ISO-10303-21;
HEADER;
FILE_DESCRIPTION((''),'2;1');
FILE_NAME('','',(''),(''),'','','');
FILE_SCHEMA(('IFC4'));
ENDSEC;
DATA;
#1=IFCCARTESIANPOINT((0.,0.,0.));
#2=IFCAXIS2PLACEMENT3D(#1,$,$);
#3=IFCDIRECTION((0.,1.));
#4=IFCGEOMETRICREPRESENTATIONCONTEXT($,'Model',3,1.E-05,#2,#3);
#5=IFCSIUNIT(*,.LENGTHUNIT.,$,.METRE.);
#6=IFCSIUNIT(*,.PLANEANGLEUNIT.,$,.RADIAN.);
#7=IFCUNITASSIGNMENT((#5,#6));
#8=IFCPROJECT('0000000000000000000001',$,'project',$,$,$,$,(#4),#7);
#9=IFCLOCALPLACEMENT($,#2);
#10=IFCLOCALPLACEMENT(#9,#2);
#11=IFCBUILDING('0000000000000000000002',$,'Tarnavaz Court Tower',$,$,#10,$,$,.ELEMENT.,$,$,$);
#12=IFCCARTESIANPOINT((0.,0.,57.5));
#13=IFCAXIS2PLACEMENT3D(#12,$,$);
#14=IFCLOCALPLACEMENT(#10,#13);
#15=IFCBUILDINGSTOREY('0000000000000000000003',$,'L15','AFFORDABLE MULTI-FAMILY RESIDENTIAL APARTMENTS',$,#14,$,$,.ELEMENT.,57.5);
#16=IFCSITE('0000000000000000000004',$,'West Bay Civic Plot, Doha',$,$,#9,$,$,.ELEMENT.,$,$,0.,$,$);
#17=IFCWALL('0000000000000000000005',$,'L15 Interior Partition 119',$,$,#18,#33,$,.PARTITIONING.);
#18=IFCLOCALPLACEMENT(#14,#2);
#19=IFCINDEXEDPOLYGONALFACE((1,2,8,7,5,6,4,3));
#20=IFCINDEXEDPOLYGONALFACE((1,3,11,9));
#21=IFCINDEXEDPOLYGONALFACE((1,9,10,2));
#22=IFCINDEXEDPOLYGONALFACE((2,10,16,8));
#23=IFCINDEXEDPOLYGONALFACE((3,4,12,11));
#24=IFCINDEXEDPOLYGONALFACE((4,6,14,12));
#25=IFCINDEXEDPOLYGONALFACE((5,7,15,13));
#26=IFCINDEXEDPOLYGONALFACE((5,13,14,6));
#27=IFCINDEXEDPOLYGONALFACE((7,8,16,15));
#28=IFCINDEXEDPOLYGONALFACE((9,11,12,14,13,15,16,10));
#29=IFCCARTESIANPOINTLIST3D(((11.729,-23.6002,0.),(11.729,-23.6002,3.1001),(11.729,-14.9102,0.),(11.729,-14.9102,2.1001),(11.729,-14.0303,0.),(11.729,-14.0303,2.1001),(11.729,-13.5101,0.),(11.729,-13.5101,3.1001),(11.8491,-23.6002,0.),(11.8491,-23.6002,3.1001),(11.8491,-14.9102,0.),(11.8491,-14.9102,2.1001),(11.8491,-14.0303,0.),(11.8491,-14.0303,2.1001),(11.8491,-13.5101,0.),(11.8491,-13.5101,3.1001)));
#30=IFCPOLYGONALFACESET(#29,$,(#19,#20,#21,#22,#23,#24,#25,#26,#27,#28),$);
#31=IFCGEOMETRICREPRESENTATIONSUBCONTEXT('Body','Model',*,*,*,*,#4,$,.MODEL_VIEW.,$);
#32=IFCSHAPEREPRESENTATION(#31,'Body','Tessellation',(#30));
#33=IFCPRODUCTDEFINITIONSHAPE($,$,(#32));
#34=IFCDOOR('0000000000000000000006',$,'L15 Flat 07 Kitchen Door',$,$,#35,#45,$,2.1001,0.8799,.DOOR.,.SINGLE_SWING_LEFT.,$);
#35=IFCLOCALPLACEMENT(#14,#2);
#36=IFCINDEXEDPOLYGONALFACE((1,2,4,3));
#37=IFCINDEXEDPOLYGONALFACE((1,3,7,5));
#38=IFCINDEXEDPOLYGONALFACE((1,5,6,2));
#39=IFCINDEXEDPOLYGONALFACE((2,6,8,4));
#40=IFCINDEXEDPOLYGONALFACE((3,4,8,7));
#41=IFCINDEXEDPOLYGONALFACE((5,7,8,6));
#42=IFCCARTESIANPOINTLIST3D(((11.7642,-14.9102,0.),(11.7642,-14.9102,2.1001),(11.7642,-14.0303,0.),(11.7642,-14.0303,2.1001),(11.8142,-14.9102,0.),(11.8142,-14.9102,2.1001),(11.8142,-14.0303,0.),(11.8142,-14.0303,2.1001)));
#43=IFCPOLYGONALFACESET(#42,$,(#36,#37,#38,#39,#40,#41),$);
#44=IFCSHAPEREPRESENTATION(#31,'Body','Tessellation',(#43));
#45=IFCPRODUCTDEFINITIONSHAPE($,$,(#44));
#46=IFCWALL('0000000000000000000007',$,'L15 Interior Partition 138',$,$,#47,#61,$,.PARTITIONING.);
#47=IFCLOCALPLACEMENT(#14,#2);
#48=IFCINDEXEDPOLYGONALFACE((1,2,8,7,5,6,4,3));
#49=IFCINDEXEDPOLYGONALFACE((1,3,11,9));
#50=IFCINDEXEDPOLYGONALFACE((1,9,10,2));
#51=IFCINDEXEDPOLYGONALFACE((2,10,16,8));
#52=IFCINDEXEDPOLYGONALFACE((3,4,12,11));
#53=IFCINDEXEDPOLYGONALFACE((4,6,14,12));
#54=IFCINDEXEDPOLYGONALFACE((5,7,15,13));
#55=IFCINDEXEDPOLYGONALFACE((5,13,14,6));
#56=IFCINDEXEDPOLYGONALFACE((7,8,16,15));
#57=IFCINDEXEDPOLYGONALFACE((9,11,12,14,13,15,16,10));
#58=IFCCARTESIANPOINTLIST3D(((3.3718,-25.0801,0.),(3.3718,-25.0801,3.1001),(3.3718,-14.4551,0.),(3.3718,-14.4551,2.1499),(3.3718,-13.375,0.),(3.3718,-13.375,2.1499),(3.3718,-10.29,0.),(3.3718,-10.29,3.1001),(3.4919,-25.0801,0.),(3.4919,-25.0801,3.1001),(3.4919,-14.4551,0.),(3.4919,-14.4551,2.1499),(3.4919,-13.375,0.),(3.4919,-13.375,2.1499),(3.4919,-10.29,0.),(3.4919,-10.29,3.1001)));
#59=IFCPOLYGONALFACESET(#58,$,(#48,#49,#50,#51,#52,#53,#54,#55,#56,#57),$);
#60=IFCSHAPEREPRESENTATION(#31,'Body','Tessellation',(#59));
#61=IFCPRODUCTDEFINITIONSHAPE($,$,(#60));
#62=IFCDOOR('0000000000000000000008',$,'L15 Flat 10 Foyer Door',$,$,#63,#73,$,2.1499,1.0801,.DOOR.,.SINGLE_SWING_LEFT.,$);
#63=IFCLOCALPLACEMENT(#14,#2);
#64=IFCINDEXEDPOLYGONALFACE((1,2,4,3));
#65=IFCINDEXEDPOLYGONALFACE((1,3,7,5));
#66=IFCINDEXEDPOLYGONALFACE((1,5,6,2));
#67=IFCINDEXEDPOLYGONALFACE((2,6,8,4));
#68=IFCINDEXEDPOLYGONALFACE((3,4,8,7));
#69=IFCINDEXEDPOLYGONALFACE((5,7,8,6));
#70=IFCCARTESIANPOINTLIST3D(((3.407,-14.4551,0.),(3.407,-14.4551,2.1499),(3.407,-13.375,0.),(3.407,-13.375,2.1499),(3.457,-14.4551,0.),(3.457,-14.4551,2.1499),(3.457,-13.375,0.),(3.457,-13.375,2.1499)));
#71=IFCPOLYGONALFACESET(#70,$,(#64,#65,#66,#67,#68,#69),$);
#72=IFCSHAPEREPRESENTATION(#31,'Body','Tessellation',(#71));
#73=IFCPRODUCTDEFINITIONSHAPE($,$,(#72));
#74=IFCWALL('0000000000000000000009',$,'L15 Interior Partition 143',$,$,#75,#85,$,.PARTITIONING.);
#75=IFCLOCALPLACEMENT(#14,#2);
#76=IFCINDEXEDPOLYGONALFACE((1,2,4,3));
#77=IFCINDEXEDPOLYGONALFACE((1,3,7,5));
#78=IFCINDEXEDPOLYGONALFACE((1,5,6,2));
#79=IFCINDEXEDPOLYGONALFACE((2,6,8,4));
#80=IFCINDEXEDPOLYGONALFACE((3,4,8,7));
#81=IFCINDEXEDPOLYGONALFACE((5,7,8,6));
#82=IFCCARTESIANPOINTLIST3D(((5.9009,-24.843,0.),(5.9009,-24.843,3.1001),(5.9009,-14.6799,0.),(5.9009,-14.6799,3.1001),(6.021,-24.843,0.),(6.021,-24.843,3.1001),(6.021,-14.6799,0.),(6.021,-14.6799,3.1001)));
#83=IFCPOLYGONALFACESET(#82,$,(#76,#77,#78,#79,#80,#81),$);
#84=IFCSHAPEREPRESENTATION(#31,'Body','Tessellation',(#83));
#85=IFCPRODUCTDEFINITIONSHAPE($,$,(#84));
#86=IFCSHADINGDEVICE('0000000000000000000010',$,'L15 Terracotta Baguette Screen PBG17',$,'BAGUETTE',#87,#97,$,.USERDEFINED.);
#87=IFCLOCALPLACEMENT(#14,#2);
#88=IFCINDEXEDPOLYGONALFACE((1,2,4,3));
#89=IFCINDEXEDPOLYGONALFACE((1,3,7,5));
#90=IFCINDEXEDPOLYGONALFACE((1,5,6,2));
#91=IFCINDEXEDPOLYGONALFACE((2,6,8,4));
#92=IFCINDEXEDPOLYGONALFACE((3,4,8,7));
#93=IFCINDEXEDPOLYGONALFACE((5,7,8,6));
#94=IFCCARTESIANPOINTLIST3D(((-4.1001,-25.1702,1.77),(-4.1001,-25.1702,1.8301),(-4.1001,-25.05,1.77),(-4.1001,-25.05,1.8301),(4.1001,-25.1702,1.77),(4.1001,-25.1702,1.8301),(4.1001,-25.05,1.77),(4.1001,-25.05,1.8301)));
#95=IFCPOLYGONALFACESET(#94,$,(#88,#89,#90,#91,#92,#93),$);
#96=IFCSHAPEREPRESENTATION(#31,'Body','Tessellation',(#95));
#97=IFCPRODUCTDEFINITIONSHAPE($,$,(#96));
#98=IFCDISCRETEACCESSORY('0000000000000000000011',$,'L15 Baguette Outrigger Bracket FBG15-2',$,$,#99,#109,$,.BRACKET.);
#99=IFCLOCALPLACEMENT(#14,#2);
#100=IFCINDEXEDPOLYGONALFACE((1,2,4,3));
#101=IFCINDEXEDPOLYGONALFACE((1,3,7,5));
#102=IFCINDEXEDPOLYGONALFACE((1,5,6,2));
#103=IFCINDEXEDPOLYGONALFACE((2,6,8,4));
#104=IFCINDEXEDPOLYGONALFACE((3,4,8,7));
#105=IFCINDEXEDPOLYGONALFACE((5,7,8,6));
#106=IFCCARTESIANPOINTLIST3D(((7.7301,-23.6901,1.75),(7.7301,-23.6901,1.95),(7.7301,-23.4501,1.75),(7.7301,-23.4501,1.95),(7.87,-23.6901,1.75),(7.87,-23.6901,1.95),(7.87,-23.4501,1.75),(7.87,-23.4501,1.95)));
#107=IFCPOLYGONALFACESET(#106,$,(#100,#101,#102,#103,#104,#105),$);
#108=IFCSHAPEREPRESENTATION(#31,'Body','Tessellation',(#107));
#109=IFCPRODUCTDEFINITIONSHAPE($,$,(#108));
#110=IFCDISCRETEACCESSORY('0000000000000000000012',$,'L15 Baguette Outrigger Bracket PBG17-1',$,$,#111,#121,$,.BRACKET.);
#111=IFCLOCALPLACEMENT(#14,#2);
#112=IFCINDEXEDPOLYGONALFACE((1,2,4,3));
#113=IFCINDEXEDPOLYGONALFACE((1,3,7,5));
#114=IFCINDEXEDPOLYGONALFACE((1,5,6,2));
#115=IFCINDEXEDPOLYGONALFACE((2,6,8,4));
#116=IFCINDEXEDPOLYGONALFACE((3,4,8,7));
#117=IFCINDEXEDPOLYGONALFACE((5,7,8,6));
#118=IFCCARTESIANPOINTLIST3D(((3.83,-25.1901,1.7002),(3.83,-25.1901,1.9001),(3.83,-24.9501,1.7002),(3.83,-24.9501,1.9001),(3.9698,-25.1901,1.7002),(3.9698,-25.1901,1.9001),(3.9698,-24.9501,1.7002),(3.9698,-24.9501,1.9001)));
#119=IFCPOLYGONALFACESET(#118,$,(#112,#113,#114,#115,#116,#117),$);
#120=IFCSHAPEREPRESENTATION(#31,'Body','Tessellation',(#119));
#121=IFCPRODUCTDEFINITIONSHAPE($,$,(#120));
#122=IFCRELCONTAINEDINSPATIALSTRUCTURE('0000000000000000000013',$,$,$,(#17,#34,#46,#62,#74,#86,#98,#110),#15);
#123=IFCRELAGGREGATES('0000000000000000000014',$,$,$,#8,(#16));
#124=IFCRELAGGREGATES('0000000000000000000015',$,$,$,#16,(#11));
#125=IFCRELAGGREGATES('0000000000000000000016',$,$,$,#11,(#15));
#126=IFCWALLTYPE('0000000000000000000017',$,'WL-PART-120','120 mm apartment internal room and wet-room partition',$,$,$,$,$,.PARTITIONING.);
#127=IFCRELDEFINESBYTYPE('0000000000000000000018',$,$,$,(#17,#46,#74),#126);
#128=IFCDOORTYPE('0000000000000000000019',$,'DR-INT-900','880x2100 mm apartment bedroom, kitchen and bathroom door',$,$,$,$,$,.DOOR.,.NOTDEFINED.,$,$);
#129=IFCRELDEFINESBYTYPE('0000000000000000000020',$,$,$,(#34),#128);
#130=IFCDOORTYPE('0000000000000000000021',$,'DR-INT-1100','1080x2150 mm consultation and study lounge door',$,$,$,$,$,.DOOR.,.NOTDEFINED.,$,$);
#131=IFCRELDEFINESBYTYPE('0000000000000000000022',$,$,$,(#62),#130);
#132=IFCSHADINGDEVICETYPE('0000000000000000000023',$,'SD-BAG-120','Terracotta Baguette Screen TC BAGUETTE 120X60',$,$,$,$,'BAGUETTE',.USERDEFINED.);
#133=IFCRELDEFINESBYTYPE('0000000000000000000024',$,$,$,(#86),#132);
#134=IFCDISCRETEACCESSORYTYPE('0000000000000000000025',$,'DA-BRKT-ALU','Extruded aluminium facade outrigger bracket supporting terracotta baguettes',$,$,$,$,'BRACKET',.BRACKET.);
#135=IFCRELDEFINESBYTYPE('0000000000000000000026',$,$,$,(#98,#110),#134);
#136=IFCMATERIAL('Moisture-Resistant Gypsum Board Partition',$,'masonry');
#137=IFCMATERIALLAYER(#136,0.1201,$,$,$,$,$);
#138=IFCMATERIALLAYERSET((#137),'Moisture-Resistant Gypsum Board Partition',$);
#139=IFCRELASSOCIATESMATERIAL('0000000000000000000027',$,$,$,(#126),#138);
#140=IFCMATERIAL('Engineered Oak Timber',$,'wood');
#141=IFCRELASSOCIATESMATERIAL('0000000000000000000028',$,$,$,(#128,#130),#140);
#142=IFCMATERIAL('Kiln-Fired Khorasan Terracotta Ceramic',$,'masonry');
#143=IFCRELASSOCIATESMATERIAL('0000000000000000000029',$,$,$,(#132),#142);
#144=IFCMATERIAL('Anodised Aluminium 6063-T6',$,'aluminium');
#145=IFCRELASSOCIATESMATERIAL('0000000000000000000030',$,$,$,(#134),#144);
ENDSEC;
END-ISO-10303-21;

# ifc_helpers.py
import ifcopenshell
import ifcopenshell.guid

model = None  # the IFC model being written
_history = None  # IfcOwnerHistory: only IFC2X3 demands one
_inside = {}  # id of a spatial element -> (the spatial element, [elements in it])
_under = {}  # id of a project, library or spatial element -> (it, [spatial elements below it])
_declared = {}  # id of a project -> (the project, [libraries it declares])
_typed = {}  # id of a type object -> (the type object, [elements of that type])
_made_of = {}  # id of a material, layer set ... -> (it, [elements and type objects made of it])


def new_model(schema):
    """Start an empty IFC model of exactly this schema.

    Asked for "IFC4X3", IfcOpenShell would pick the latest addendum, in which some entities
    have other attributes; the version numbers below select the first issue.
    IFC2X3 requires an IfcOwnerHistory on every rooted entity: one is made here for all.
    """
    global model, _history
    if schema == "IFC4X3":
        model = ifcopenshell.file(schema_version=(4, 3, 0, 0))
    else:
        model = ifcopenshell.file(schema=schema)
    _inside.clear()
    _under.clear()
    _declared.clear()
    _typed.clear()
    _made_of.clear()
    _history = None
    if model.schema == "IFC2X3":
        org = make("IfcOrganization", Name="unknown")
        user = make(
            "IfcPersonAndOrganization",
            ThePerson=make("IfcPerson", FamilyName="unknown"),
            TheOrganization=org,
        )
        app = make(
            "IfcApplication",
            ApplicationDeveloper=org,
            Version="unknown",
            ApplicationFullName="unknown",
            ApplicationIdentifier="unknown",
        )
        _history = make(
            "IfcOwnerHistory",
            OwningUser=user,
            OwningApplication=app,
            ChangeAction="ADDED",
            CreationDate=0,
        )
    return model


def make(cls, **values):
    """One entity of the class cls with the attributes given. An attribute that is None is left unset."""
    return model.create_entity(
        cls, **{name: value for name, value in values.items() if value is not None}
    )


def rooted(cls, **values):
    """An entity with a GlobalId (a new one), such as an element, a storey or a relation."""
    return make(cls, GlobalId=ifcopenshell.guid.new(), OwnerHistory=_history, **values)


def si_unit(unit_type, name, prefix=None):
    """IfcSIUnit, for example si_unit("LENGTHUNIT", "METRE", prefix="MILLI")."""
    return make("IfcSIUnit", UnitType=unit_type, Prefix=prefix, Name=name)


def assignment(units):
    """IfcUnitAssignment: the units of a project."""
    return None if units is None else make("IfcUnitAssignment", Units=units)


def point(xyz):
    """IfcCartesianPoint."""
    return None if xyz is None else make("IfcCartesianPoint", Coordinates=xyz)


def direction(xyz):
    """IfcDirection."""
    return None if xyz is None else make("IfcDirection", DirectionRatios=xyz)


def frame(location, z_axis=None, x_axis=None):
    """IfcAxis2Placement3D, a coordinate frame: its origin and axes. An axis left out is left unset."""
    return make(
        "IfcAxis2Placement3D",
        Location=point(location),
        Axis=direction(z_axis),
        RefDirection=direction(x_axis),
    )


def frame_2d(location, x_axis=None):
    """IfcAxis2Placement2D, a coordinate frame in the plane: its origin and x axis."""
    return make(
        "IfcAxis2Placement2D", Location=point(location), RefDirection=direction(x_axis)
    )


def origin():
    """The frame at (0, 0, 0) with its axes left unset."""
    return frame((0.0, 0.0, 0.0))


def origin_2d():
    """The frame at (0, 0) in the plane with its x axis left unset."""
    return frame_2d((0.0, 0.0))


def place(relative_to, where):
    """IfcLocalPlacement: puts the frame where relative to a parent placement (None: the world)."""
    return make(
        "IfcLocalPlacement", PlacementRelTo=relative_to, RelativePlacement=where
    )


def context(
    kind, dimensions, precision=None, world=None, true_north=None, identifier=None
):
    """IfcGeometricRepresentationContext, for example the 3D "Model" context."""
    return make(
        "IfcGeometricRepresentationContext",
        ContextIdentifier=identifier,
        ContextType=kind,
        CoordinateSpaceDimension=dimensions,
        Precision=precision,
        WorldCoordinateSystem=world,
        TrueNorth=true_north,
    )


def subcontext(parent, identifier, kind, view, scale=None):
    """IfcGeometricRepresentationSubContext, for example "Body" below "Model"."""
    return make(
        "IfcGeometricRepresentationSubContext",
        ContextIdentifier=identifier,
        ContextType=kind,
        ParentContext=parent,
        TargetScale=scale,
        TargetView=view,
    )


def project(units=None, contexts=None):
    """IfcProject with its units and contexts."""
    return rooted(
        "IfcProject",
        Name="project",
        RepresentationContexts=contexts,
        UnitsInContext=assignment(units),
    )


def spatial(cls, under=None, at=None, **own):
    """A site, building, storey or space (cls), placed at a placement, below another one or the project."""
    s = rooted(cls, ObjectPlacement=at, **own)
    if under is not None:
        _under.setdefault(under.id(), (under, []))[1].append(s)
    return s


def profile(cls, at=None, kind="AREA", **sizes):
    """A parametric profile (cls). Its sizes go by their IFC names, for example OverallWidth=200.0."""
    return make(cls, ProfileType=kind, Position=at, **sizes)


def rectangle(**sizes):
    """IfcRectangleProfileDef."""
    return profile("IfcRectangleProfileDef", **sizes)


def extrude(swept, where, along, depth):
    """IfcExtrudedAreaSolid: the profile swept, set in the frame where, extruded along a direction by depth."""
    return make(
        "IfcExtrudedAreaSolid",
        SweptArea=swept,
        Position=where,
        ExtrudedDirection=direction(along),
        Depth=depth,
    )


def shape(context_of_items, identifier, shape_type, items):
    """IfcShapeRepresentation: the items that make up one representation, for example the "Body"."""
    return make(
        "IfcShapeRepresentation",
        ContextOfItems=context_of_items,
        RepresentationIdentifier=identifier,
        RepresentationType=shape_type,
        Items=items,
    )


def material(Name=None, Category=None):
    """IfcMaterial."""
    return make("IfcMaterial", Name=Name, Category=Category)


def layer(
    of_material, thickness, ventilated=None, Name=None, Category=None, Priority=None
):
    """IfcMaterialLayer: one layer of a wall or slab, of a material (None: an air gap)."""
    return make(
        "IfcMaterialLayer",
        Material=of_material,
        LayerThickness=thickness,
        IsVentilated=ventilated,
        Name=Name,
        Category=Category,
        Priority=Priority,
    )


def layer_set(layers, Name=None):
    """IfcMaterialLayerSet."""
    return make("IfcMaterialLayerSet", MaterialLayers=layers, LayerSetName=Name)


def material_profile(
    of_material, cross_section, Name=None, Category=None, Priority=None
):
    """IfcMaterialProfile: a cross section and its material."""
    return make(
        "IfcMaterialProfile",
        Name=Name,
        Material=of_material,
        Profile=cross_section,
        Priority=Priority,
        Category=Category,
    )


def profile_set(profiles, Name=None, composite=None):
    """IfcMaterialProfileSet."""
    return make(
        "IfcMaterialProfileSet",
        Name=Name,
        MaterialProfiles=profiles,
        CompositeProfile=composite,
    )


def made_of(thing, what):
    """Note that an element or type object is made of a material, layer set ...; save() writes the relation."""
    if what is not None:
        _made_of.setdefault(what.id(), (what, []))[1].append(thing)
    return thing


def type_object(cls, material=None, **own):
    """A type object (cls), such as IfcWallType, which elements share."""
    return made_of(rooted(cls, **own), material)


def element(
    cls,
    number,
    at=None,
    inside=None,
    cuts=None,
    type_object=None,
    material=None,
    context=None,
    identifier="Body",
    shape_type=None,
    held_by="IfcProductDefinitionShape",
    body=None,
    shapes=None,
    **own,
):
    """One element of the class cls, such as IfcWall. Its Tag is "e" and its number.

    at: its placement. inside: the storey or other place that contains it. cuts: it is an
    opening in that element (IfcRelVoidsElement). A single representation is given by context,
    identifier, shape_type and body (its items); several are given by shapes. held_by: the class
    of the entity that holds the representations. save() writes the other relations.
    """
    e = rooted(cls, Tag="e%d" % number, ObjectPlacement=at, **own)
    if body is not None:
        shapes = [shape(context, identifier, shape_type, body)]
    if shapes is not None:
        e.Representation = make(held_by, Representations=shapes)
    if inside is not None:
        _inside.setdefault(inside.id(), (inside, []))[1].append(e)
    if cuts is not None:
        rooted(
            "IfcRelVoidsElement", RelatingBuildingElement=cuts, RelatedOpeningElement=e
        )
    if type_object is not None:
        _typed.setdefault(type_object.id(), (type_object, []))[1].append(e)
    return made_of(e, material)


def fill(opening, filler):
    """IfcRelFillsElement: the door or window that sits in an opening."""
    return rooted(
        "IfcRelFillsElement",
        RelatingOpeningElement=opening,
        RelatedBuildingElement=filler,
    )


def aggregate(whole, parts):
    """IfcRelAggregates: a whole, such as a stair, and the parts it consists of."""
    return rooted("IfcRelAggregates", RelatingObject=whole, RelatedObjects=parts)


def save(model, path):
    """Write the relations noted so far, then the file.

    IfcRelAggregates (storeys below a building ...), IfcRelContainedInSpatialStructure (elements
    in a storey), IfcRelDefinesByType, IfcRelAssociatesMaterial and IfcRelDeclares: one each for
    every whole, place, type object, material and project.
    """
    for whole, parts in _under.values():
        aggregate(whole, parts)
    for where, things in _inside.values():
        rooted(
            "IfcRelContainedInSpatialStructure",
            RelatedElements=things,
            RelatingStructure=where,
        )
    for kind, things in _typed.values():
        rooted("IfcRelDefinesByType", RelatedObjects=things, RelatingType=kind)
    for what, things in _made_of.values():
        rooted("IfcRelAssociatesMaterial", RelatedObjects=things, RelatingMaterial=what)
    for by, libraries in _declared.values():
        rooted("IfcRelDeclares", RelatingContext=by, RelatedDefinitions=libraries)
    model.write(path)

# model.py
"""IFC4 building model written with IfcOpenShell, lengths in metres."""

from ifc_helpers import new_model, si_unit, direction, frame, frame_2d, origin, origin_2d, place, context, subcontext, project, spatial, rectangle, extrude, material, layer, layer_set, material_profile, profile_set, type_object, element, fill, save


model = new_model("IFC4")

# Units and contexts
model_context = context("Model", 3, precision=1e-05, world=origin(), true_north=direction((0.0, 1.0)))
body_context = subcontext(model_context, "Body", "Model", "MODEL_VIEW")
ifc_project = project(units=[si_unit("LENGTHUNIT", "METRE"), si_unit("PLANEANGLEUNIT", "RADIAN")], contexts=[model_context])

# Site, building, storey
site_placement = place(None, origin())
site = spatial("IfcSite", under=ifc_project, at=site_placement, Name="West Bay Civic Plot, Doha", CompositionType="ELEMENT", RefElevation=0.0)
building_placement = place(site_placement, origin())
building = spatial("IfcBuilding", under=site, at=building_placement, Name="Tarnavaz Court Tower", CompositionType="ELEMENT")
storey_placement = place(building_placement, frame((0.0, 0.0, 57.5)))
storey = spatial("IfcBuildingStorey", under=building, at=storey_placement, Name="L15", Description="AFFORDABLE MULTI-FAMILY RESIDENTIAL APARTMENTS", CompositionType="ELEMENT", Elevation=57.5)

# Shared definitions
ifc_material_1 = material(Name="Anodised Aluminium 6063-T6", Category="aluminium")

# Walls, openings, doors
ifc_material_2 = material(Name="Moisture-Resistant Gypsum Board Partition", Category="masonry")
ifc_layer_1 = layer(ifc_material_2, 0.1201)
ifc_layer_set_1 = layer_set([ifc_layer_1], Name="Moisture-Resistant Gypsum Board Partition")
wall_type_1 = type_object("IfcWallType", Name="WL-PART-120", Description="120 mm apartment internal room and wet-room partition", PredefinedType="PARTITIONING", material=ifc_layer_set_1)
wall_1_placement = place(storey_placement, frame((11.7891, -23.6001, 0.0), z_axis=(0.0, 0.0, 1.0), x_axis=(0.0, 1.0, 0.0)))
wall_1 = element("IfcWall", 1, at=wall_1_placement, inside=storey, type_object=wall_type_1, Name="L15 Interior Partition 119", PredefinedType="PARTITIONING", context=body_context, shape_type="SweptSolid", body=[
    extrude(rectangle(XDim=10.0901, YDim=0.1201, at=frame_2d((5.0449, 0.0))), origin(), (0.0, 0.0, 1.0), 3.1001),
])
opening_1_placement = place(wall_1_placement, frame((8.6899, 0.0, 0.0)))
opening_1 = element("IfcOpeningElement", 2, at=opening_1_placement, cuts=wall_1, PredefinedType="OPENING", context=body_context, shape_type="SweptSolid", body=[
    extrude(rectangle(XDim=0.8799, YDim=2.1001, at=frame_2d((0.4399, 1.05))), frame((0.0, 0.0701, 0.0), z_axis=(0.0, -1.0, 0.0), x_axis=(1.0, 0.0, 0.0)), (0.0, 0.0, 1.0), 0.1401),
])
ifc_material_3 = material(Name="Engineered Oak Timber", Category="wood")
door_type_1 = type_object("IfcDoorType", Name="DR-INT-900", Description="880x2100 mm apartment bedroom, kitchen and bathroom door", OperationType="NOTDEFINED", PredefinedType="DOOR", material=ifc_material_3)
door_1_placement = place(opening_1_placement, origin())
door_1 = element("IfcDoor", 3, at=door_1_placement, inside=storey, type_object=door_type_1, Name="L15 Flat 07 Kitchen Door", OperationType="SINGLE_SWING_LEFT", OverallHeight=2.1001, OverallWidth=0.8799, PredefinedType="DOOR", context=body_context, shape_type="SweptSolid", body=[
    extrude(rectangle(XDim=0.8799, YDim=2.1001, at=frame_2d((0.4399, 1.05))), frame((0.0, 0.0249, 0.0), z_axis=(0.0, -1.0, 0.0), x_axis=(1.0, 0.0, 0.0)), (0.0, 0.0, 1.0), 0.05),
])
fill(opening_1, door_1)
wall_2_placement = place(storey_placement, frame((3.4319, -25.0801, 0.0), z_axis=(0.0, 0.0, 1.0), x_axis=(0.0, 1.0, 0.0)))
wall_2 = element("IfcWall", 4, at=wall_2_placement, inside=storey, type_object=wall_type_1, Name="L15 Interior Partition 138", PredefinedType="PARTITIONING", context=body_context, shape_type="SweptSolid", body=[
    extrude(rectangle(XDim=14.79, YDim=0.1201, at=frame_2d((7.395, 0.0))), origin(), (0.0, 0.0, 1.0), 3.1001),
])
opening_2_placement = place(wall_2_placement, frame((10.625, 0.0, 0.0)))
opening_2 = element("IfcOpeningElement", 5, at=opening_2_placement, cuts=wall_2, PredefinedType="OPENING", context=body_context, shape_type="SweptSolid", body=[
    extrude(rectangle(XDim=1.0801, YDim=2.1499, at=frame_2d((0.54, 1.075))), frame((0.0, 0.0701, 0.0), z_axis=(0.0, -1.0, 0.0), x_axis=(1.0, 0.0, 0.0)), (0.0, 0.0, 1.0), 0.1401),
])
door_type_2 = type_object("IfcDoorType", Name="DR-INT-1100", Description="1080x2150 mm consultation and study lounge door", OperationType="NOTDEFINED", PredefinedType="DOOR", material=ifc_material_3)
door_2_placement = place(opening_2_placement, origin())
door_2 = element("IfcDoor", 6, at=door_2_placement, inside=storey, type_object=door_type_2, Name="L15 Flat 10 Foyer Door", OperationType="SINGLE_SWING_LEFT", OverallHeight=2.1499, OverallWidth=1.0801, PredefinedType="DOOR", context=body_context, shape_type="SweptSolid", body=[
    extrude(rectangle(XDim=1.0801, YDim=2.1499, at=frame_2d((0.54, 1.075))), frame((0.0, 0.0249, 0.0), z_axis=(0.0, -1.0, 0.0), x_axis=(1.0, 0.0, 0.0)), (0.0, 0.0, 1.0), 0.05),
])
fill(opening_2, door_2)

# Wall
wall_3_placement = place(storey_placement, frame((5.9609, -24.843, 0.0), z_axis=(0.0, 0.0, 1.0), x_axis=(0.0, 1.0, 0.0)))
element("IfcWall", 7, at=wall_3_placement, inside=storey, type_object=wall_type_1, Name="L15 Interior Partition 143", PredefinedType="PARTITIONING", context=body_context, shape_type="SweptSolid", body=[
    extrude(rectangle(XDim=10.1631, YDim=0.1201, at=frame_2d((5.0815, 0.0))), origin(), (0.0, 0.0, 1.0), 3.1001),
])

# Shading device
ifc_material_4 = material(Name="Kiln-Fired Khorasan Terracotta Ceramic", Category="masonry")
ifc_material_profile_1 = material_profile(ifc_material_4, rectangle(XDim=0.1201, YDim=0.0601, at=origin_2d()), Name="TC BAGUETTE 120X60")
ifc_profile_set_1 = profile_set([ifc_material_profile_1], Name="Kiln-Fired Khorasan Terracotta Ceramic")
shading_device_type = type_object("IfcShadingDeviceType", Name="SD-BAG-120", Description="Terracotta Baguette Screen TC BAGUETTE 120X60", ElementType="BAGUETTE", PredefinedType="USERDEFINED", material=ifc_profile_set_1)
shading_device_placement = place(storey_placement, frame((4.1001, -25.1101, 1.8), z_axis=(-1.0, 0.0, 0.0), x_axis=(0.0, -1.0, 0.0)))
element("IfcShadingDevice", 8, at=shading_device_placement, inside=storey, type_object=shading_device_type, Name="L15 Terracotta Baguette Screen PBG17", ObjectType="BAGUETTE", PredefinedType="USERDEFINED", context=body_context, shape_type="SweptSolid", body=[
    extrude(rectangle(XDim=0.1201, YDim=0.0601, at=origin_2d()), origin(), (0.0, 0.0, 1.0), 8.2002),
])

# Discrete accessories
discrete_accessory_type = type_object("IfcDiscreteAccessoryType", Name="DA-BRKT-ALU", Description="Extruded aluminium facade outrigger bracket supporting terracotta baguettes", ElementType="BRACKET", PredefinedType="BRACKET", material=ifc_material_1)
for number, where, z_axis, x_axis, name in (
    (9, (7.8, -23.5701, 1.75), (0.0, 0.0, 1.0), (-1.0, 0.0, 0.0), "L15 Baguette Outrigger Bracket FBG15-2"),
    (10, (3.8999, -25.0701, 1.7002), (0.0, 0.0, 1.0), (-1.0, 0.0, 0.0), "L15 Baguette Outrigger Bracket PBG17-1"),
):
    element("IfcDiscreteAccessory", number, at=place(storey_placement, frame(where, z_axis=z_axis, x_axis=x_axis)), inside=storey, type_object=discrete_accessory_type, Name=name, PredefinedType="BRACKET", context=body_context, shape_type="SweptSolid", body=[
        extrude(rectangle(XDim=0.1399, YDim=0.24, at=origin_2d()), origin(), (0.0, 0.0, 1.0), 0.2),
    ])

save(model, "model.ifc")
